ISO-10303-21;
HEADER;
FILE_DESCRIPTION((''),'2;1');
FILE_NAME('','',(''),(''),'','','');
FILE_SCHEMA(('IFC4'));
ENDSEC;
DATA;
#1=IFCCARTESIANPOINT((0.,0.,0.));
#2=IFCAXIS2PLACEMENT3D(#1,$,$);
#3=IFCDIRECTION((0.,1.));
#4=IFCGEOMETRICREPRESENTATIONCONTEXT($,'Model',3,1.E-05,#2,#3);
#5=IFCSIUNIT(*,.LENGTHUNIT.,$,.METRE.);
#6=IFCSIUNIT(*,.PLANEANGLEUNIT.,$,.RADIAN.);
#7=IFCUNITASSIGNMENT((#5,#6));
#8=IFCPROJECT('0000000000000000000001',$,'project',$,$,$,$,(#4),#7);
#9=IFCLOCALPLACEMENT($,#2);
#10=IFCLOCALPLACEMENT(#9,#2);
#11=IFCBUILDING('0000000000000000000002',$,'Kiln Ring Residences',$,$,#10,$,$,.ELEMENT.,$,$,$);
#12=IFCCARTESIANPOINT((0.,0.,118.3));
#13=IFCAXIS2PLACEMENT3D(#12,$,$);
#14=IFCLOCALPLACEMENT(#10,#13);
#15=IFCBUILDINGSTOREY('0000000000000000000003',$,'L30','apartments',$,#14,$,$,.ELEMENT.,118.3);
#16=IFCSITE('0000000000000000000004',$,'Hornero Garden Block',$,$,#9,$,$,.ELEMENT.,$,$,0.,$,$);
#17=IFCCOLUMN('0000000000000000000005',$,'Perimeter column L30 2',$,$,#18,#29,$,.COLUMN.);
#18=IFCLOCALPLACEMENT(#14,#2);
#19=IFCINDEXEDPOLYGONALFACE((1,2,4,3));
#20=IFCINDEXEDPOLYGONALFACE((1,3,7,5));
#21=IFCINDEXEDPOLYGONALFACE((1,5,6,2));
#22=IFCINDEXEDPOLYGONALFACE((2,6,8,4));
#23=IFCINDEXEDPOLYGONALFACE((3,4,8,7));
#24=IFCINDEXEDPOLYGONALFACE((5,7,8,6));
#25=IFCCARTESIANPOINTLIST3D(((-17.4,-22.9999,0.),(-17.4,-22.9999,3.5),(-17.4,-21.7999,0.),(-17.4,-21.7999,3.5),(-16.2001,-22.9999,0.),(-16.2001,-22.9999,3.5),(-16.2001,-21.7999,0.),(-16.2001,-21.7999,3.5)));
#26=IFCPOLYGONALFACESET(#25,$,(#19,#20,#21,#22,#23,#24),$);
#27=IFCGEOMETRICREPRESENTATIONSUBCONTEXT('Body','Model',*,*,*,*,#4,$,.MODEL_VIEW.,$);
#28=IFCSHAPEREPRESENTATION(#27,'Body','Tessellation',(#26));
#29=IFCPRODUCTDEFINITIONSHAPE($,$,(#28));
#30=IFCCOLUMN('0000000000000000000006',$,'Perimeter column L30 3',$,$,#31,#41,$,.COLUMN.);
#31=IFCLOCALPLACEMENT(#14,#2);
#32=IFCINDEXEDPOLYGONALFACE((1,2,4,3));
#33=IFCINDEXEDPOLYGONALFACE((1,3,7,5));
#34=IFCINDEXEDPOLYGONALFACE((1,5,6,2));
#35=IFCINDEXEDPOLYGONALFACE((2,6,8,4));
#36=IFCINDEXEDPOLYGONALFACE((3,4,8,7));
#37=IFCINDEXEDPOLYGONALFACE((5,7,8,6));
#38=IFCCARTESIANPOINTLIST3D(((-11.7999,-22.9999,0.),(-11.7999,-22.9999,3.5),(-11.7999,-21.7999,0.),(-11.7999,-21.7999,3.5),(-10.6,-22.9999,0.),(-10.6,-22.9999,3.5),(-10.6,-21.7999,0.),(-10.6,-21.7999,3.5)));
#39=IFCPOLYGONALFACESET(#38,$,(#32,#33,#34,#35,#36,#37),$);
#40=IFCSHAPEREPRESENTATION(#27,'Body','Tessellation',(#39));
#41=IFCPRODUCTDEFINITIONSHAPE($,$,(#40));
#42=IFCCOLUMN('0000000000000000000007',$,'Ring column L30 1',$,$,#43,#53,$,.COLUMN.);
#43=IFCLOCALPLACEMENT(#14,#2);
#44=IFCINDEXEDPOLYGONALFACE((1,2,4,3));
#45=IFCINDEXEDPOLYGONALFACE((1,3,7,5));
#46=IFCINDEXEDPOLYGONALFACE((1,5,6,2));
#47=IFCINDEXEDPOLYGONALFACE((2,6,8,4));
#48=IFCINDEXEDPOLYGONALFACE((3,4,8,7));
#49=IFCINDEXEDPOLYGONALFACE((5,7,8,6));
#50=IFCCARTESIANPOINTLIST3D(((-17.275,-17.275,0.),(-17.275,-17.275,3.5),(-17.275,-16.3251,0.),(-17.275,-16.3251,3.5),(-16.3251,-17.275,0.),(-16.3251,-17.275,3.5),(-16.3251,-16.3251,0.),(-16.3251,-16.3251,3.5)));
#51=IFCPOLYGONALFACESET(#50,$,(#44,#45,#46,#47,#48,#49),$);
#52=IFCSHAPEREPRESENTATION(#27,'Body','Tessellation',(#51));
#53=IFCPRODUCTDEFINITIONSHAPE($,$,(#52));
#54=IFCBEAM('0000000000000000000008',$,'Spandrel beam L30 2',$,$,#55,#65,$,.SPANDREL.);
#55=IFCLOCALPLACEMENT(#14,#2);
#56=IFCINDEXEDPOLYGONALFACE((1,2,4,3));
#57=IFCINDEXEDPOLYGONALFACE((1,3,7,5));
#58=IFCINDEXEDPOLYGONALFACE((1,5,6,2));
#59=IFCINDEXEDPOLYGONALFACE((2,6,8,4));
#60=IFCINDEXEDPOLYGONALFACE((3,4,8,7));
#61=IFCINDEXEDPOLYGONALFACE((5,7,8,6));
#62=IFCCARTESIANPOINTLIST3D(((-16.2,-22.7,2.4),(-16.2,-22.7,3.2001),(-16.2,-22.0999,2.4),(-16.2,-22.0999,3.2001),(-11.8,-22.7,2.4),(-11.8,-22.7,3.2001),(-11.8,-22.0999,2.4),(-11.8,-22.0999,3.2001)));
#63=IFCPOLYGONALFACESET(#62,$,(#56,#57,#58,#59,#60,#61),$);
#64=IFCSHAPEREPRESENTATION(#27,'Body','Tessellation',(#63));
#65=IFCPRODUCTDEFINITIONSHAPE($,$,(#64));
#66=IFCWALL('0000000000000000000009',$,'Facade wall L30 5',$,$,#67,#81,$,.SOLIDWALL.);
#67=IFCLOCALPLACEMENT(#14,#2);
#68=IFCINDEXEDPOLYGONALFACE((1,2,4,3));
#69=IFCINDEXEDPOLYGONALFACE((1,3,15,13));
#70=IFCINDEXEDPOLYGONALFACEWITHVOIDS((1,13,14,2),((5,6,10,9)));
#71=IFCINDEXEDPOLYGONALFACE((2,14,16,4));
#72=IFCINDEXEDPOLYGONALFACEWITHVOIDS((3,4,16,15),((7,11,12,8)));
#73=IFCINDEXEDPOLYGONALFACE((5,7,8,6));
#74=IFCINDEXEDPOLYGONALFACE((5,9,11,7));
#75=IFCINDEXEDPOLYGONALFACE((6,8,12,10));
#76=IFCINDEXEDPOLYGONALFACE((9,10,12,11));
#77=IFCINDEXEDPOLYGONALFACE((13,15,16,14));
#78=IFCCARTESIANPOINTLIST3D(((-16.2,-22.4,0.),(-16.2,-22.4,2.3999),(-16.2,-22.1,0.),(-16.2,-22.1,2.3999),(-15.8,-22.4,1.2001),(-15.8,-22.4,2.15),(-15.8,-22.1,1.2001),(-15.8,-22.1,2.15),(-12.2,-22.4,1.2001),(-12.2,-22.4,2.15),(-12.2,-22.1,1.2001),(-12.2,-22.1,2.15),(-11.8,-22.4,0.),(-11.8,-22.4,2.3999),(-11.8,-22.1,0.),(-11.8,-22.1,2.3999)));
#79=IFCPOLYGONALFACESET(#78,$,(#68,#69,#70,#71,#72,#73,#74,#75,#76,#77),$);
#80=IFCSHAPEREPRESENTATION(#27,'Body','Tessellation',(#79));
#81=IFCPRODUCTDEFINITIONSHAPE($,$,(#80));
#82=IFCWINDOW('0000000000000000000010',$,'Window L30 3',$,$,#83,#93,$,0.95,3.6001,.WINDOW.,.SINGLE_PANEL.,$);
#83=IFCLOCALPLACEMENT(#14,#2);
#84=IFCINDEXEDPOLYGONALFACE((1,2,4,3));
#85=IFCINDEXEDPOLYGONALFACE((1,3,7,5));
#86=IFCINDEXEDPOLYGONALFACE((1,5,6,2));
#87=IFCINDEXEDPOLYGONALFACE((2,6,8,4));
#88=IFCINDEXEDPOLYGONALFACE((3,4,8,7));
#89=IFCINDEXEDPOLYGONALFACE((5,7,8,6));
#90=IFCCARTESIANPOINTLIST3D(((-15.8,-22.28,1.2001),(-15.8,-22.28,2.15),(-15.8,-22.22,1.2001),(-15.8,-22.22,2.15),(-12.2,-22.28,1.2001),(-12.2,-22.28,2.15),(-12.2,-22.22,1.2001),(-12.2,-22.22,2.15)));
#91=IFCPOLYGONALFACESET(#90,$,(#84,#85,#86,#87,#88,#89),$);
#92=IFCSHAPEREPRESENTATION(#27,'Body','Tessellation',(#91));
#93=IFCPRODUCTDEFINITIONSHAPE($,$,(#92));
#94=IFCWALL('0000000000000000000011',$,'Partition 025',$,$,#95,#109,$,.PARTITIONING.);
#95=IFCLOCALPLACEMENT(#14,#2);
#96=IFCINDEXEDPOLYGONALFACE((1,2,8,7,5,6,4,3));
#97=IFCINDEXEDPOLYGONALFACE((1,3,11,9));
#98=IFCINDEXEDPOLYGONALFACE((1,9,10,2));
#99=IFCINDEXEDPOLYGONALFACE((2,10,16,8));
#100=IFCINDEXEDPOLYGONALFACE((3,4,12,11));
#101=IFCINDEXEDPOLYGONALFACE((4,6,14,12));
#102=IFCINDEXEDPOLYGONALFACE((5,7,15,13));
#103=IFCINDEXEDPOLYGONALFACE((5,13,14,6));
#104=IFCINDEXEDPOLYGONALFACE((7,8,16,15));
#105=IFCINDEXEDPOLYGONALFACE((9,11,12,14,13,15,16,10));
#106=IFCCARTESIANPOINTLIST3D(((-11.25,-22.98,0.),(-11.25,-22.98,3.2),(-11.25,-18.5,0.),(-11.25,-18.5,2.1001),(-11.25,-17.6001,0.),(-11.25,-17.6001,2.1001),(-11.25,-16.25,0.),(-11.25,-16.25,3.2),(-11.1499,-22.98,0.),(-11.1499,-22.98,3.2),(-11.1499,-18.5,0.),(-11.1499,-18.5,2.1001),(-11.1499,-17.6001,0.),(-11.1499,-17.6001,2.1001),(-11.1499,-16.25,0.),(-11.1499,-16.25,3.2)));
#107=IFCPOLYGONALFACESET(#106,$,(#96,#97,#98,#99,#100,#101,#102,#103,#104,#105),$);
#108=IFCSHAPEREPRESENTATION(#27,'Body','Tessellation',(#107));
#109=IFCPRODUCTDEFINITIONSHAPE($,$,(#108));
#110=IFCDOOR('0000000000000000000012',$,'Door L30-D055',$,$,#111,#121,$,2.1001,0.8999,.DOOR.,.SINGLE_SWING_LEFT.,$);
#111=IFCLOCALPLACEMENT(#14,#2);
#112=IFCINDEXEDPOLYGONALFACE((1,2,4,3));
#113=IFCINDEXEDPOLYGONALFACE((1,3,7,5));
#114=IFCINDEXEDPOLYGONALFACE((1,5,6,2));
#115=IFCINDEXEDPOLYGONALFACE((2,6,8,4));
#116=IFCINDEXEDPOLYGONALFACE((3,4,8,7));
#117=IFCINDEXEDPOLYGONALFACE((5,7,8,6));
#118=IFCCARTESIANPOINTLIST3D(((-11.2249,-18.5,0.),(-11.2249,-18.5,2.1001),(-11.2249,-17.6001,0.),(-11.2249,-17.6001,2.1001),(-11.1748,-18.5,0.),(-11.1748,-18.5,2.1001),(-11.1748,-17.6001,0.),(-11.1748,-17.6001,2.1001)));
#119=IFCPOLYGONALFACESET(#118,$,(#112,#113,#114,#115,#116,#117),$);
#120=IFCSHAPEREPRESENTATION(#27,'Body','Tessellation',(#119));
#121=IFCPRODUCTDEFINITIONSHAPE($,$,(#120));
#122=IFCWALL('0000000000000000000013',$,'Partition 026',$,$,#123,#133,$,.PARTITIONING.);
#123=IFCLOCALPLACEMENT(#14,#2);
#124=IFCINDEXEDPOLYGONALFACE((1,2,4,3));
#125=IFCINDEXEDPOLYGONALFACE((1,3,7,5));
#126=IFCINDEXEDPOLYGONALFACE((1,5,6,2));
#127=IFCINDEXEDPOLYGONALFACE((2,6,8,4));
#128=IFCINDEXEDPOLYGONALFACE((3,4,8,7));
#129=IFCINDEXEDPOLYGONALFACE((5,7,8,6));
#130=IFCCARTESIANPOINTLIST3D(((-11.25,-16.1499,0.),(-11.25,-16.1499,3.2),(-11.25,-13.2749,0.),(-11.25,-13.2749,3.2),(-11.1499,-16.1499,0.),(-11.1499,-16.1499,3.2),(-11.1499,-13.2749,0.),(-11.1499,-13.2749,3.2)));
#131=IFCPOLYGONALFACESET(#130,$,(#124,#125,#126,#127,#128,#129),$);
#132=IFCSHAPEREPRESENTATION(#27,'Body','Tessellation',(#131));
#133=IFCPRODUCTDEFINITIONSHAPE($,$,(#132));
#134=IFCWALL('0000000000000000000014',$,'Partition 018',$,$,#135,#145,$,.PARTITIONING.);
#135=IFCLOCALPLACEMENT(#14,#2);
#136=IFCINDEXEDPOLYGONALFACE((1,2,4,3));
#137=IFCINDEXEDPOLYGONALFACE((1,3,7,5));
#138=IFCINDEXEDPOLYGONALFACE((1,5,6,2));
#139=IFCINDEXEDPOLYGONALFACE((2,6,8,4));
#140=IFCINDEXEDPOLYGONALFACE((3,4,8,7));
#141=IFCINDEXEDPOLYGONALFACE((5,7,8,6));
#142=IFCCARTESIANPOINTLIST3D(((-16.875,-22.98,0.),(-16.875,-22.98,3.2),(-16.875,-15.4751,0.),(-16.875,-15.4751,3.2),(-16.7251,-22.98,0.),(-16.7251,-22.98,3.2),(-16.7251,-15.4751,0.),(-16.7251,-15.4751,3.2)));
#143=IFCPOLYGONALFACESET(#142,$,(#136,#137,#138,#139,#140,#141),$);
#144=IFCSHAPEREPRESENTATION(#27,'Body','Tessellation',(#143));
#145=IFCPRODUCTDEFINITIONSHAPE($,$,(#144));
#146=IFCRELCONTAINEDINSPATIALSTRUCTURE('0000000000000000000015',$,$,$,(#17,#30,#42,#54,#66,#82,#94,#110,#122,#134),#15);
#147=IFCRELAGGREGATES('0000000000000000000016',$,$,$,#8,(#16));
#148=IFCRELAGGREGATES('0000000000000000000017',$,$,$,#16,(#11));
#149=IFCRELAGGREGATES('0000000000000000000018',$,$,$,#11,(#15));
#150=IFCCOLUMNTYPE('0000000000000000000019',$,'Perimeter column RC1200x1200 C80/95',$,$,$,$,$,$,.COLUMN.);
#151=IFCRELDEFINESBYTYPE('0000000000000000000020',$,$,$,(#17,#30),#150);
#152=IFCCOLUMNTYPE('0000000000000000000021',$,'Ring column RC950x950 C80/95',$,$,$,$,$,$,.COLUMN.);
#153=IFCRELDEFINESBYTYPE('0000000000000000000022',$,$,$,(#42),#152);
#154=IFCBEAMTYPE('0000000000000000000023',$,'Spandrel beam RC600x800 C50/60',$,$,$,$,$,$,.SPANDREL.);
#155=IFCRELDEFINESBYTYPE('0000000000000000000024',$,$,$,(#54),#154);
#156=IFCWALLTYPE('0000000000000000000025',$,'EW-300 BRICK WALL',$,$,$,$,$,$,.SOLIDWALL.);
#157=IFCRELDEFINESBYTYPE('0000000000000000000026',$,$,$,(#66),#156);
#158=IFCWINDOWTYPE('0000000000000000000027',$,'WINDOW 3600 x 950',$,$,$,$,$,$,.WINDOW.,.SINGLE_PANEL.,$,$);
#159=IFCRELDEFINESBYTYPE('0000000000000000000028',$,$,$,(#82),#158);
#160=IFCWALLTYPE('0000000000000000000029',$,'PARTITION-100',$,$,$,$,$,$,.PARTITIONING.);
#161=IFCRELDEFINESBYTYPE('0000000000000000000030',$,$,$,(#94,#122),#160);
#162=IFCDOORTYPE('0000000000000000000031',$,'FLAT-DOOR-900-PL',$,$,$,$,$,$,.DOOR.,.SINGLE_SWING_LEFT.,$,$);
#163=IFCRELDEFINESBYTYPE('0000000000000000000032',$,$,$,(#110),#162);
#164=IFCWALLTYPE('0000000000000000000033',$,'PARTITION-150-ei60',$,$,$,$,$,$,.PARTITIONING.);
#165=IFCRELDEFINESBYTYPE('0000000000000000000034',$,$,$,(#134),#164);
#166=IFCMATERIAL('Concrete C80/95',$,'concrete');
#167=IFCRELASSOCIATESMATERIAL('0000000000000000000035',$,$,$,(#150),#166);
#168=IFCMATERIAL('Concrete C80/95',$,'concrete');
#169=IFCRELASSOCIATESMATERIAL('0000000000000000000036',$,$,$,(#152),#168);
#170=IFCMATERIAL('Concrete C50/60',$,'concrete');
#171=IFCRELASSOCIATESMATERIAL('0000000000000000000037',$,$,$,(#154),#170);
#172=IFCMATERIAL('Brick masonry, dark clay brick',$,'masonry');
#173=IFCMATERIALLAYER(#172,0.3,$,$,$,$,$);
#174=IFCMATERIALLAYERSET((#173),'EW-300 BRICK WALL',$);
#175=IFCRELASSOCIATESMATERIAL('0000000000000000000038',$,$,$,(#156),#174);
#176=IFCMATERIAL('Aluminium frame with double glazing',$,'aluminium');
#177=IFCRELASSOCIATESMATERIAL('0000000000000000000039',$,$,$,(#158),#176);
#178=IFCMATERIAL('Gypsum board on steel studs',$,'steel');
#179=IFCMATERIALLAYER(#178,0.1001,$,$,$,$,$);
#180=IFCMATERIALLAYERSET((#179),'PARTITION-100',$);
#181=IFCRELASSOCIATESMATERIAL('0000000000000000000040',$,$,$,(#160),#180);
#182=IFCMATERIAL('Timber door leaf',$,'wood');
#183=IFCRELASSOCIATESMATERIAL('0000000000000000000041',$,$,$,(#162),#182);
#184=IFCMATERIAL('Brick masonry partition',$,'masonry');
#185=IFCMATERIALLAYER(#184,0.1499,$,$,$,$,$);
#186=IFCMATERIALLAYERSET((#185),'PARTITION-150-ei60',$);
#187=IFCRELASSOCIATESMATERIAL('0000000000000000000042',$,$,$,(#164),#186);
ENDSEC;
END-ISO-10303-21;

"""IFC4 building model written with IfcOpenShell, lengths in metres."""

from ifc_helpers import new_model, si_unit, direction, frame, frame_2d, origin, origin_2d, place, context, subcontext, project, spatial, rectangle, extrude, material, layer, layer_set, material_profile, profile_set, type_object, element, fill, save


model = new_model("IFC4")

# Units and contexts
model_context = context("Model", 3, precision=1e-05, world=origin(), true_north=direction((0.0, 1.0)))
body_context = subcontext(model_context, "Body", "Model", "MODEL_VIEW")
ifc_project = project(units=[si_unit("LENGTHUNIT", "METRE"), si_unit("PLANEANGLEUNIT", "RADIAN")], contexts=[model_context])

# Site, building, storey
site_placement = place(None, origin())
site = spatial("IfcSite", under=ifc_project, at=site_placement, Name="Hornero Garden Block", CompositionType="ELEMENT", RefElevation=0.0)
building_placement = place(site_placement, origin())
building = spatial("IfcBuilding", under=site, at=building_placement, Name="Kiln Ring Residences", CompositionType="ELEMENT")
storey_placement = place(building_placement, frame((0.0, 0.0, 118.3)))
storey = spatial("IfcBuildingStorey", under=building, at=storey_placement, Name="L30", Description="apartments", CompositionType="ELEMENT", Elevation=118.3)

# Columns
ifc_material_1 = material(Name="Concrete C80/95", Category="concrete")
ifc_material_profile_1 = material_profile(ifc_material_1, rectangle(XDim=1.2, YDim=1.2, at=origin_2d()), Name="RC1200x1200")
ifc_profile_set_1 = profile_set([ifc_material_profile_1], Name="Concrete C80/95")
column_type_1 = type_object("IfcColumnType", Name="Perimeter column RC1200x1200 C80/95", PredefinedType="COLUMN", material=ifc_profile_set_1)
for number, where, z_axis, x_axis, name in (
    (1, (-16.8, -22.3999, 0.0), (0.0, 0.0, 1.0), (1.0, 0.0, 0.0), "Perimeter column L30 2"),
    (2, (-11.2, -22.3999, 0.0), (0.0, 0.0, 1.0), (1.0, 0.0, 0.0), "Perimeter column L30 3"),
):
    element("IfcColumn", number, at=place(storey_placement, frame(where, z_axis=z_axis, x_axis=x_axis)), inside=storey, type_object=column_type_1, Name=name, PredefinedType="COLUMN", context=body_context, shape_type="SweptSolid", body=[
        extrude(rectangle(XDim=1.2, YDim=1.2, at=origin_2d()), origin(), (0.0, 0.0, 1.0), 3.5),
    ])
ifc_material_2 = material(Name="Concrete C80/95", Category="concrete")
ifc_material_profile_2 = material_profile(ifc_material_2, rectangle(XDim=0.95, YDim=0.95, at=origin_2d()), Name="RC950x950")
ifc_profile_set_2 = profile_set([ifc_material_profile_2], Name="Concrete C80/95")
column_type_2 = type_object("IfcColumnType", Name="Ring column RC950x950 C80/95", PredefinedType="COLUMN", material=ifc_profile_set_2)
column_placement = place(storey_placement, frame((-16.8, -16.8, 0.0), z_axis=(0.0, 0.0, 1.0), x_axis=(1.0, 0.0, 0.0)))
element("IfcColumn", 3, at=column_placement, inside=storey, type_object=column_type_2, Name="Ring column L30 1", PredefinedType="COLUMN", context=body_context, shape_type="SweptSolid", body=[
    extrude(rectangle(XDim=0.95, YDim=0.95, at=origin_2d()), origin(), (0.0, 0.0, 1.0), 3.5),
])

# Beam
ifc_material_3 = material(Name="Concrete C50/60", Category="concrete")
ifc_material_profile_3 = material_profile(ifc_material_3, rectangle(XDim=0.6001, YDim=0.8, at=origin_2d()), Name="RC600x800")
ifc_profile_set_3 = profile_set([ifc_material_profile_3], Name="Concrete C50/60")
beam_type = type_object("IfcBeamType", Name="Spandrel beam RC600x800 C50/60", PredefinedType="SPANDREL", material=ifc_profile_set_3)
beam_placement = place(storey_placement, frame((-16.2, -22.3999, 2.8), z_axis=(1.0, 0.0, 0.0), x_axis=(0.0, 1.0, 0.0)))
element("IfcBeam", 4, at=beam_placement, inside=storey, type_object=beam_type, Name="Spandrel beam L30 2", PredefinedType="SPANDREL", context=body_context, shape_type="SweptSolid", body=[
    extrude(rectangle(XDim=0.6001, YDim=0.8, at=origin_2d()), origin(), (0.0, 0.0, 1.0), 4.3999),
])

# Wall, opening, window
ifc_material_4 = material(Name="Brick masonry, dark clay brick", Category="masonry")
ifc_layer_1 = layer(ifc_material_4, 0.3)
ifc_layer_set_1 = layer_set([ifc_layer_1], Name="EW-300 BRICK WALL")
wall_type_1 = type_object("IfcWallType", Name="EW-300 BRICK WALL", PredefinedType="SOLIDWALL", material=ifc_layer_set_1)
wall_1_placement = place(storey_placement, frame((-16.2, -22.25, 0.0), z_axis=(0.0, 0.0, 1.0), x_axis=(1.0, 0.0, 0.0)))
wall_1 = element("IfcWall", 5, at=wall_1_placement, inside=storey, type_object=wall_type_1, Name="Facade wall L30 5", PredefinedType="SOLIDWALL", context=body_context, shape_type="SweptSolid", body=[
    extrude(rectangle(XDim=4.3999, YDim=0.3, at=frame_2d((2.2, 0.0))), origin(), (0.0, 0.0, 1.0), 2.3999),
])
opening_1_placement = place(wall_1_placement, frame((0.3999, 0.0, 1.2)))
opening_1 = element("IfcOpeningElement", 6, at=opening_1_placement, cuts=wall_1, PredefinedType="OPENING", context=body_context, shape_type="SweptSolid", body=[
    extrude(rectangle(XDim=3.6001, YDim=0.95, at=frame_2d((1.8, 0.4751))), frame((0.0, 0.1599, 0.0), z_axis=(0.0, -1.0, 0.0), x_axis=(1.0, 0.0, 0.0)), (0.0, 0.0, 1.0), 0.3201),
])
ifc_material_5 = material(Name="Aluminium frame with double glazing", Category="aluminium")
window_type = type_object("IfcWindowType", Name="WINDOW 3600 x 950", PartitioningType="SINGLE_PANEL", PredefinedType="WINDOW", material=ifc_material_5)
window_placement = place(opening_1_placement, origin())
window = element("IfcWindow", 7, at=window_placement, inside=storey, type_object=window_type, Name="Window L30 3", OverallHeight=0.95, OverallWidth=3.6001, PartitioningType="SINGLE_PANEL", PredefinedType="WINDOW", context=body_context, shape_type="SweptSolid", body=[
    extrude(rectangle(XDim=3.6001, YDim=0.95, at=frame_2d((1.8, 0.4751))), frame((0.0, 0.03, 0.0), z_axis=(0.0, -1.0, 0.0), x_axis=(1.0, 0.0, 0.0)), (0.0, 0.0, 1.0), 0.0601),
])
fill(opening_1, window)

# Shared definitions
ifc_material_6 = material(Name="Gypsum board on steel studs", Category="steel")
ifc_layer_2 = layer(ifc_material_6, 0.1001)
ifc_layer_set_2 = layer_set([ifc_layer_2], Name="PARTITION-100")
wall_type_2 = type_object("IfcWallType", Name="PARTITION-100", PredefinedType="PARTITIONING", material=ifc_layer_set_2)
ifc_material_7 = material(Name="Timber door leaf", Category="wood")
door_type_1 = type_object("IfcDoorType", Name="FLAT-DOOR-900-PL", OperationType="SINGLE_SWING_LEFT", PredefinedType="DOOR", material=ifc_material_7)

# Wall, opening, door
wall_2_placement = place(storey_placement, frame((-11.2, -22.98, 0.0), z_axis=(0.0, 0.0, 1.0), x_axis=(0.0, 1.0, 0.0)))
wall_2 = element("IfcWall", 8, at=wall_2_placement, inside=storey, type_object=wall_type_2, Name="Partition 025", PredefinedType="PARTITIONING", context=body_context, shape_type="SweptSolid", body=[
    extrude(rectangle(XDim=6.73, YDim=0.1001, at=frame_2d((3.365, 0.0))), origin(), (0.0, 0.0, 1.0), 3.2),
])
opening_2_placement = place(wall_2_placement, frame((4.48, 0.0, 0.0)))
opening_2 = element("IfcOpeningElement", 9, at=opening_2_placement, cuts=wall_2, PredefinedType="OPENING", context=body_context, shape_type="SweptSolid", body=[
    extrude(rectangle(XDim=0.8999, YDim=2.1001, at=frame_2d((0.45, 1.05))), frame((0.0, 0.0601, 0.0), z_axis=(0.0, -1.0, 0.0), x_axis=(1.0, 0.0, 0.0)), (0.0, 0.0, 1.0), 0.1201),
])
door_1_placement = place(opening_2_placement, origin())
door_1 = element("IfcDoor", 10, at=door_1_placement, inside=storey, type_object=door_type_1, Name="Door L30-D055", OperationType="SINGLE_SWING_LEFT", OverallHeight=2.1001, OverallWidth=0.8999, PredefinedType="DOOR", context=body_context, shape_type="SweptSolid", body=[
    extrude(rectangle(XDim=0.8999, YDim=2.1001, at=frame_2d((0.45, 1.05))), frame((0.0, 0.0249, 0.0), z_axis=(0.0, -1.0, 0.0), x_axis=(1.0, 0.0, 0.0)), (0.0, 0.0, 1.0), 0.05),
])
fill(opening_2, door_1)

# Walls
wall_3_placement = place(storey_placement, frame((-11.2, -16.1499, 0.0), z_axis=(0.0, 0.0, 1.0), x_axis=(0.0, 1.0, 0.0)))
element("IfcWall", 11, at=wall_3_placement, inside=storey, type_object=wall_type_2, Name="Partition 026", PredefinedType="PARTITIONING", context=body_context, shape_type="SweptSolid", body=[
    extrude(rectangle(XDim=2.875, YDim=0.1001, at=frame_2d((1.4375, 0.0))), origin(), (0.0, 0.0, 1.0), 3.2),
])
ifc_material_8 = material(Name="Brick masonry partition", Category="masonry")
ifc_layer_3 = layer(ifc_material_8, 0.1499)
ifc_layer_set_3 = layer_set([ifc_layer_3], Name="PARTITION-150-ei60")
wall_type_3 = type_object("IfcWallType", Name="PARTITION-150-ei60", PredefinedType="PARTITIONING", material=ifc_layer_set_3)
wall_4_placement = place(storey_placement, frame((-16.8, -22.98, 0.0), z_axis=(0.0, 0.0, 1.0), x_axis=(0.0, 1.0, 0.0)))
element("IfcWall", 12, at=wall_4_placement, inside=storey, type_object=wall_type_3, Name="Partition 018", PredefinedType="PARTITIONING", context=body_context, shape_type="SweptSolid", body=[
    extrude(rectangle(XDim=7.5049, YDim=0.1499, at=frame_2d((3.7524, 0.0))), origin(), (0.0, 0.0, 1.0), 3.2),
])

save(model, "model.ifc")
